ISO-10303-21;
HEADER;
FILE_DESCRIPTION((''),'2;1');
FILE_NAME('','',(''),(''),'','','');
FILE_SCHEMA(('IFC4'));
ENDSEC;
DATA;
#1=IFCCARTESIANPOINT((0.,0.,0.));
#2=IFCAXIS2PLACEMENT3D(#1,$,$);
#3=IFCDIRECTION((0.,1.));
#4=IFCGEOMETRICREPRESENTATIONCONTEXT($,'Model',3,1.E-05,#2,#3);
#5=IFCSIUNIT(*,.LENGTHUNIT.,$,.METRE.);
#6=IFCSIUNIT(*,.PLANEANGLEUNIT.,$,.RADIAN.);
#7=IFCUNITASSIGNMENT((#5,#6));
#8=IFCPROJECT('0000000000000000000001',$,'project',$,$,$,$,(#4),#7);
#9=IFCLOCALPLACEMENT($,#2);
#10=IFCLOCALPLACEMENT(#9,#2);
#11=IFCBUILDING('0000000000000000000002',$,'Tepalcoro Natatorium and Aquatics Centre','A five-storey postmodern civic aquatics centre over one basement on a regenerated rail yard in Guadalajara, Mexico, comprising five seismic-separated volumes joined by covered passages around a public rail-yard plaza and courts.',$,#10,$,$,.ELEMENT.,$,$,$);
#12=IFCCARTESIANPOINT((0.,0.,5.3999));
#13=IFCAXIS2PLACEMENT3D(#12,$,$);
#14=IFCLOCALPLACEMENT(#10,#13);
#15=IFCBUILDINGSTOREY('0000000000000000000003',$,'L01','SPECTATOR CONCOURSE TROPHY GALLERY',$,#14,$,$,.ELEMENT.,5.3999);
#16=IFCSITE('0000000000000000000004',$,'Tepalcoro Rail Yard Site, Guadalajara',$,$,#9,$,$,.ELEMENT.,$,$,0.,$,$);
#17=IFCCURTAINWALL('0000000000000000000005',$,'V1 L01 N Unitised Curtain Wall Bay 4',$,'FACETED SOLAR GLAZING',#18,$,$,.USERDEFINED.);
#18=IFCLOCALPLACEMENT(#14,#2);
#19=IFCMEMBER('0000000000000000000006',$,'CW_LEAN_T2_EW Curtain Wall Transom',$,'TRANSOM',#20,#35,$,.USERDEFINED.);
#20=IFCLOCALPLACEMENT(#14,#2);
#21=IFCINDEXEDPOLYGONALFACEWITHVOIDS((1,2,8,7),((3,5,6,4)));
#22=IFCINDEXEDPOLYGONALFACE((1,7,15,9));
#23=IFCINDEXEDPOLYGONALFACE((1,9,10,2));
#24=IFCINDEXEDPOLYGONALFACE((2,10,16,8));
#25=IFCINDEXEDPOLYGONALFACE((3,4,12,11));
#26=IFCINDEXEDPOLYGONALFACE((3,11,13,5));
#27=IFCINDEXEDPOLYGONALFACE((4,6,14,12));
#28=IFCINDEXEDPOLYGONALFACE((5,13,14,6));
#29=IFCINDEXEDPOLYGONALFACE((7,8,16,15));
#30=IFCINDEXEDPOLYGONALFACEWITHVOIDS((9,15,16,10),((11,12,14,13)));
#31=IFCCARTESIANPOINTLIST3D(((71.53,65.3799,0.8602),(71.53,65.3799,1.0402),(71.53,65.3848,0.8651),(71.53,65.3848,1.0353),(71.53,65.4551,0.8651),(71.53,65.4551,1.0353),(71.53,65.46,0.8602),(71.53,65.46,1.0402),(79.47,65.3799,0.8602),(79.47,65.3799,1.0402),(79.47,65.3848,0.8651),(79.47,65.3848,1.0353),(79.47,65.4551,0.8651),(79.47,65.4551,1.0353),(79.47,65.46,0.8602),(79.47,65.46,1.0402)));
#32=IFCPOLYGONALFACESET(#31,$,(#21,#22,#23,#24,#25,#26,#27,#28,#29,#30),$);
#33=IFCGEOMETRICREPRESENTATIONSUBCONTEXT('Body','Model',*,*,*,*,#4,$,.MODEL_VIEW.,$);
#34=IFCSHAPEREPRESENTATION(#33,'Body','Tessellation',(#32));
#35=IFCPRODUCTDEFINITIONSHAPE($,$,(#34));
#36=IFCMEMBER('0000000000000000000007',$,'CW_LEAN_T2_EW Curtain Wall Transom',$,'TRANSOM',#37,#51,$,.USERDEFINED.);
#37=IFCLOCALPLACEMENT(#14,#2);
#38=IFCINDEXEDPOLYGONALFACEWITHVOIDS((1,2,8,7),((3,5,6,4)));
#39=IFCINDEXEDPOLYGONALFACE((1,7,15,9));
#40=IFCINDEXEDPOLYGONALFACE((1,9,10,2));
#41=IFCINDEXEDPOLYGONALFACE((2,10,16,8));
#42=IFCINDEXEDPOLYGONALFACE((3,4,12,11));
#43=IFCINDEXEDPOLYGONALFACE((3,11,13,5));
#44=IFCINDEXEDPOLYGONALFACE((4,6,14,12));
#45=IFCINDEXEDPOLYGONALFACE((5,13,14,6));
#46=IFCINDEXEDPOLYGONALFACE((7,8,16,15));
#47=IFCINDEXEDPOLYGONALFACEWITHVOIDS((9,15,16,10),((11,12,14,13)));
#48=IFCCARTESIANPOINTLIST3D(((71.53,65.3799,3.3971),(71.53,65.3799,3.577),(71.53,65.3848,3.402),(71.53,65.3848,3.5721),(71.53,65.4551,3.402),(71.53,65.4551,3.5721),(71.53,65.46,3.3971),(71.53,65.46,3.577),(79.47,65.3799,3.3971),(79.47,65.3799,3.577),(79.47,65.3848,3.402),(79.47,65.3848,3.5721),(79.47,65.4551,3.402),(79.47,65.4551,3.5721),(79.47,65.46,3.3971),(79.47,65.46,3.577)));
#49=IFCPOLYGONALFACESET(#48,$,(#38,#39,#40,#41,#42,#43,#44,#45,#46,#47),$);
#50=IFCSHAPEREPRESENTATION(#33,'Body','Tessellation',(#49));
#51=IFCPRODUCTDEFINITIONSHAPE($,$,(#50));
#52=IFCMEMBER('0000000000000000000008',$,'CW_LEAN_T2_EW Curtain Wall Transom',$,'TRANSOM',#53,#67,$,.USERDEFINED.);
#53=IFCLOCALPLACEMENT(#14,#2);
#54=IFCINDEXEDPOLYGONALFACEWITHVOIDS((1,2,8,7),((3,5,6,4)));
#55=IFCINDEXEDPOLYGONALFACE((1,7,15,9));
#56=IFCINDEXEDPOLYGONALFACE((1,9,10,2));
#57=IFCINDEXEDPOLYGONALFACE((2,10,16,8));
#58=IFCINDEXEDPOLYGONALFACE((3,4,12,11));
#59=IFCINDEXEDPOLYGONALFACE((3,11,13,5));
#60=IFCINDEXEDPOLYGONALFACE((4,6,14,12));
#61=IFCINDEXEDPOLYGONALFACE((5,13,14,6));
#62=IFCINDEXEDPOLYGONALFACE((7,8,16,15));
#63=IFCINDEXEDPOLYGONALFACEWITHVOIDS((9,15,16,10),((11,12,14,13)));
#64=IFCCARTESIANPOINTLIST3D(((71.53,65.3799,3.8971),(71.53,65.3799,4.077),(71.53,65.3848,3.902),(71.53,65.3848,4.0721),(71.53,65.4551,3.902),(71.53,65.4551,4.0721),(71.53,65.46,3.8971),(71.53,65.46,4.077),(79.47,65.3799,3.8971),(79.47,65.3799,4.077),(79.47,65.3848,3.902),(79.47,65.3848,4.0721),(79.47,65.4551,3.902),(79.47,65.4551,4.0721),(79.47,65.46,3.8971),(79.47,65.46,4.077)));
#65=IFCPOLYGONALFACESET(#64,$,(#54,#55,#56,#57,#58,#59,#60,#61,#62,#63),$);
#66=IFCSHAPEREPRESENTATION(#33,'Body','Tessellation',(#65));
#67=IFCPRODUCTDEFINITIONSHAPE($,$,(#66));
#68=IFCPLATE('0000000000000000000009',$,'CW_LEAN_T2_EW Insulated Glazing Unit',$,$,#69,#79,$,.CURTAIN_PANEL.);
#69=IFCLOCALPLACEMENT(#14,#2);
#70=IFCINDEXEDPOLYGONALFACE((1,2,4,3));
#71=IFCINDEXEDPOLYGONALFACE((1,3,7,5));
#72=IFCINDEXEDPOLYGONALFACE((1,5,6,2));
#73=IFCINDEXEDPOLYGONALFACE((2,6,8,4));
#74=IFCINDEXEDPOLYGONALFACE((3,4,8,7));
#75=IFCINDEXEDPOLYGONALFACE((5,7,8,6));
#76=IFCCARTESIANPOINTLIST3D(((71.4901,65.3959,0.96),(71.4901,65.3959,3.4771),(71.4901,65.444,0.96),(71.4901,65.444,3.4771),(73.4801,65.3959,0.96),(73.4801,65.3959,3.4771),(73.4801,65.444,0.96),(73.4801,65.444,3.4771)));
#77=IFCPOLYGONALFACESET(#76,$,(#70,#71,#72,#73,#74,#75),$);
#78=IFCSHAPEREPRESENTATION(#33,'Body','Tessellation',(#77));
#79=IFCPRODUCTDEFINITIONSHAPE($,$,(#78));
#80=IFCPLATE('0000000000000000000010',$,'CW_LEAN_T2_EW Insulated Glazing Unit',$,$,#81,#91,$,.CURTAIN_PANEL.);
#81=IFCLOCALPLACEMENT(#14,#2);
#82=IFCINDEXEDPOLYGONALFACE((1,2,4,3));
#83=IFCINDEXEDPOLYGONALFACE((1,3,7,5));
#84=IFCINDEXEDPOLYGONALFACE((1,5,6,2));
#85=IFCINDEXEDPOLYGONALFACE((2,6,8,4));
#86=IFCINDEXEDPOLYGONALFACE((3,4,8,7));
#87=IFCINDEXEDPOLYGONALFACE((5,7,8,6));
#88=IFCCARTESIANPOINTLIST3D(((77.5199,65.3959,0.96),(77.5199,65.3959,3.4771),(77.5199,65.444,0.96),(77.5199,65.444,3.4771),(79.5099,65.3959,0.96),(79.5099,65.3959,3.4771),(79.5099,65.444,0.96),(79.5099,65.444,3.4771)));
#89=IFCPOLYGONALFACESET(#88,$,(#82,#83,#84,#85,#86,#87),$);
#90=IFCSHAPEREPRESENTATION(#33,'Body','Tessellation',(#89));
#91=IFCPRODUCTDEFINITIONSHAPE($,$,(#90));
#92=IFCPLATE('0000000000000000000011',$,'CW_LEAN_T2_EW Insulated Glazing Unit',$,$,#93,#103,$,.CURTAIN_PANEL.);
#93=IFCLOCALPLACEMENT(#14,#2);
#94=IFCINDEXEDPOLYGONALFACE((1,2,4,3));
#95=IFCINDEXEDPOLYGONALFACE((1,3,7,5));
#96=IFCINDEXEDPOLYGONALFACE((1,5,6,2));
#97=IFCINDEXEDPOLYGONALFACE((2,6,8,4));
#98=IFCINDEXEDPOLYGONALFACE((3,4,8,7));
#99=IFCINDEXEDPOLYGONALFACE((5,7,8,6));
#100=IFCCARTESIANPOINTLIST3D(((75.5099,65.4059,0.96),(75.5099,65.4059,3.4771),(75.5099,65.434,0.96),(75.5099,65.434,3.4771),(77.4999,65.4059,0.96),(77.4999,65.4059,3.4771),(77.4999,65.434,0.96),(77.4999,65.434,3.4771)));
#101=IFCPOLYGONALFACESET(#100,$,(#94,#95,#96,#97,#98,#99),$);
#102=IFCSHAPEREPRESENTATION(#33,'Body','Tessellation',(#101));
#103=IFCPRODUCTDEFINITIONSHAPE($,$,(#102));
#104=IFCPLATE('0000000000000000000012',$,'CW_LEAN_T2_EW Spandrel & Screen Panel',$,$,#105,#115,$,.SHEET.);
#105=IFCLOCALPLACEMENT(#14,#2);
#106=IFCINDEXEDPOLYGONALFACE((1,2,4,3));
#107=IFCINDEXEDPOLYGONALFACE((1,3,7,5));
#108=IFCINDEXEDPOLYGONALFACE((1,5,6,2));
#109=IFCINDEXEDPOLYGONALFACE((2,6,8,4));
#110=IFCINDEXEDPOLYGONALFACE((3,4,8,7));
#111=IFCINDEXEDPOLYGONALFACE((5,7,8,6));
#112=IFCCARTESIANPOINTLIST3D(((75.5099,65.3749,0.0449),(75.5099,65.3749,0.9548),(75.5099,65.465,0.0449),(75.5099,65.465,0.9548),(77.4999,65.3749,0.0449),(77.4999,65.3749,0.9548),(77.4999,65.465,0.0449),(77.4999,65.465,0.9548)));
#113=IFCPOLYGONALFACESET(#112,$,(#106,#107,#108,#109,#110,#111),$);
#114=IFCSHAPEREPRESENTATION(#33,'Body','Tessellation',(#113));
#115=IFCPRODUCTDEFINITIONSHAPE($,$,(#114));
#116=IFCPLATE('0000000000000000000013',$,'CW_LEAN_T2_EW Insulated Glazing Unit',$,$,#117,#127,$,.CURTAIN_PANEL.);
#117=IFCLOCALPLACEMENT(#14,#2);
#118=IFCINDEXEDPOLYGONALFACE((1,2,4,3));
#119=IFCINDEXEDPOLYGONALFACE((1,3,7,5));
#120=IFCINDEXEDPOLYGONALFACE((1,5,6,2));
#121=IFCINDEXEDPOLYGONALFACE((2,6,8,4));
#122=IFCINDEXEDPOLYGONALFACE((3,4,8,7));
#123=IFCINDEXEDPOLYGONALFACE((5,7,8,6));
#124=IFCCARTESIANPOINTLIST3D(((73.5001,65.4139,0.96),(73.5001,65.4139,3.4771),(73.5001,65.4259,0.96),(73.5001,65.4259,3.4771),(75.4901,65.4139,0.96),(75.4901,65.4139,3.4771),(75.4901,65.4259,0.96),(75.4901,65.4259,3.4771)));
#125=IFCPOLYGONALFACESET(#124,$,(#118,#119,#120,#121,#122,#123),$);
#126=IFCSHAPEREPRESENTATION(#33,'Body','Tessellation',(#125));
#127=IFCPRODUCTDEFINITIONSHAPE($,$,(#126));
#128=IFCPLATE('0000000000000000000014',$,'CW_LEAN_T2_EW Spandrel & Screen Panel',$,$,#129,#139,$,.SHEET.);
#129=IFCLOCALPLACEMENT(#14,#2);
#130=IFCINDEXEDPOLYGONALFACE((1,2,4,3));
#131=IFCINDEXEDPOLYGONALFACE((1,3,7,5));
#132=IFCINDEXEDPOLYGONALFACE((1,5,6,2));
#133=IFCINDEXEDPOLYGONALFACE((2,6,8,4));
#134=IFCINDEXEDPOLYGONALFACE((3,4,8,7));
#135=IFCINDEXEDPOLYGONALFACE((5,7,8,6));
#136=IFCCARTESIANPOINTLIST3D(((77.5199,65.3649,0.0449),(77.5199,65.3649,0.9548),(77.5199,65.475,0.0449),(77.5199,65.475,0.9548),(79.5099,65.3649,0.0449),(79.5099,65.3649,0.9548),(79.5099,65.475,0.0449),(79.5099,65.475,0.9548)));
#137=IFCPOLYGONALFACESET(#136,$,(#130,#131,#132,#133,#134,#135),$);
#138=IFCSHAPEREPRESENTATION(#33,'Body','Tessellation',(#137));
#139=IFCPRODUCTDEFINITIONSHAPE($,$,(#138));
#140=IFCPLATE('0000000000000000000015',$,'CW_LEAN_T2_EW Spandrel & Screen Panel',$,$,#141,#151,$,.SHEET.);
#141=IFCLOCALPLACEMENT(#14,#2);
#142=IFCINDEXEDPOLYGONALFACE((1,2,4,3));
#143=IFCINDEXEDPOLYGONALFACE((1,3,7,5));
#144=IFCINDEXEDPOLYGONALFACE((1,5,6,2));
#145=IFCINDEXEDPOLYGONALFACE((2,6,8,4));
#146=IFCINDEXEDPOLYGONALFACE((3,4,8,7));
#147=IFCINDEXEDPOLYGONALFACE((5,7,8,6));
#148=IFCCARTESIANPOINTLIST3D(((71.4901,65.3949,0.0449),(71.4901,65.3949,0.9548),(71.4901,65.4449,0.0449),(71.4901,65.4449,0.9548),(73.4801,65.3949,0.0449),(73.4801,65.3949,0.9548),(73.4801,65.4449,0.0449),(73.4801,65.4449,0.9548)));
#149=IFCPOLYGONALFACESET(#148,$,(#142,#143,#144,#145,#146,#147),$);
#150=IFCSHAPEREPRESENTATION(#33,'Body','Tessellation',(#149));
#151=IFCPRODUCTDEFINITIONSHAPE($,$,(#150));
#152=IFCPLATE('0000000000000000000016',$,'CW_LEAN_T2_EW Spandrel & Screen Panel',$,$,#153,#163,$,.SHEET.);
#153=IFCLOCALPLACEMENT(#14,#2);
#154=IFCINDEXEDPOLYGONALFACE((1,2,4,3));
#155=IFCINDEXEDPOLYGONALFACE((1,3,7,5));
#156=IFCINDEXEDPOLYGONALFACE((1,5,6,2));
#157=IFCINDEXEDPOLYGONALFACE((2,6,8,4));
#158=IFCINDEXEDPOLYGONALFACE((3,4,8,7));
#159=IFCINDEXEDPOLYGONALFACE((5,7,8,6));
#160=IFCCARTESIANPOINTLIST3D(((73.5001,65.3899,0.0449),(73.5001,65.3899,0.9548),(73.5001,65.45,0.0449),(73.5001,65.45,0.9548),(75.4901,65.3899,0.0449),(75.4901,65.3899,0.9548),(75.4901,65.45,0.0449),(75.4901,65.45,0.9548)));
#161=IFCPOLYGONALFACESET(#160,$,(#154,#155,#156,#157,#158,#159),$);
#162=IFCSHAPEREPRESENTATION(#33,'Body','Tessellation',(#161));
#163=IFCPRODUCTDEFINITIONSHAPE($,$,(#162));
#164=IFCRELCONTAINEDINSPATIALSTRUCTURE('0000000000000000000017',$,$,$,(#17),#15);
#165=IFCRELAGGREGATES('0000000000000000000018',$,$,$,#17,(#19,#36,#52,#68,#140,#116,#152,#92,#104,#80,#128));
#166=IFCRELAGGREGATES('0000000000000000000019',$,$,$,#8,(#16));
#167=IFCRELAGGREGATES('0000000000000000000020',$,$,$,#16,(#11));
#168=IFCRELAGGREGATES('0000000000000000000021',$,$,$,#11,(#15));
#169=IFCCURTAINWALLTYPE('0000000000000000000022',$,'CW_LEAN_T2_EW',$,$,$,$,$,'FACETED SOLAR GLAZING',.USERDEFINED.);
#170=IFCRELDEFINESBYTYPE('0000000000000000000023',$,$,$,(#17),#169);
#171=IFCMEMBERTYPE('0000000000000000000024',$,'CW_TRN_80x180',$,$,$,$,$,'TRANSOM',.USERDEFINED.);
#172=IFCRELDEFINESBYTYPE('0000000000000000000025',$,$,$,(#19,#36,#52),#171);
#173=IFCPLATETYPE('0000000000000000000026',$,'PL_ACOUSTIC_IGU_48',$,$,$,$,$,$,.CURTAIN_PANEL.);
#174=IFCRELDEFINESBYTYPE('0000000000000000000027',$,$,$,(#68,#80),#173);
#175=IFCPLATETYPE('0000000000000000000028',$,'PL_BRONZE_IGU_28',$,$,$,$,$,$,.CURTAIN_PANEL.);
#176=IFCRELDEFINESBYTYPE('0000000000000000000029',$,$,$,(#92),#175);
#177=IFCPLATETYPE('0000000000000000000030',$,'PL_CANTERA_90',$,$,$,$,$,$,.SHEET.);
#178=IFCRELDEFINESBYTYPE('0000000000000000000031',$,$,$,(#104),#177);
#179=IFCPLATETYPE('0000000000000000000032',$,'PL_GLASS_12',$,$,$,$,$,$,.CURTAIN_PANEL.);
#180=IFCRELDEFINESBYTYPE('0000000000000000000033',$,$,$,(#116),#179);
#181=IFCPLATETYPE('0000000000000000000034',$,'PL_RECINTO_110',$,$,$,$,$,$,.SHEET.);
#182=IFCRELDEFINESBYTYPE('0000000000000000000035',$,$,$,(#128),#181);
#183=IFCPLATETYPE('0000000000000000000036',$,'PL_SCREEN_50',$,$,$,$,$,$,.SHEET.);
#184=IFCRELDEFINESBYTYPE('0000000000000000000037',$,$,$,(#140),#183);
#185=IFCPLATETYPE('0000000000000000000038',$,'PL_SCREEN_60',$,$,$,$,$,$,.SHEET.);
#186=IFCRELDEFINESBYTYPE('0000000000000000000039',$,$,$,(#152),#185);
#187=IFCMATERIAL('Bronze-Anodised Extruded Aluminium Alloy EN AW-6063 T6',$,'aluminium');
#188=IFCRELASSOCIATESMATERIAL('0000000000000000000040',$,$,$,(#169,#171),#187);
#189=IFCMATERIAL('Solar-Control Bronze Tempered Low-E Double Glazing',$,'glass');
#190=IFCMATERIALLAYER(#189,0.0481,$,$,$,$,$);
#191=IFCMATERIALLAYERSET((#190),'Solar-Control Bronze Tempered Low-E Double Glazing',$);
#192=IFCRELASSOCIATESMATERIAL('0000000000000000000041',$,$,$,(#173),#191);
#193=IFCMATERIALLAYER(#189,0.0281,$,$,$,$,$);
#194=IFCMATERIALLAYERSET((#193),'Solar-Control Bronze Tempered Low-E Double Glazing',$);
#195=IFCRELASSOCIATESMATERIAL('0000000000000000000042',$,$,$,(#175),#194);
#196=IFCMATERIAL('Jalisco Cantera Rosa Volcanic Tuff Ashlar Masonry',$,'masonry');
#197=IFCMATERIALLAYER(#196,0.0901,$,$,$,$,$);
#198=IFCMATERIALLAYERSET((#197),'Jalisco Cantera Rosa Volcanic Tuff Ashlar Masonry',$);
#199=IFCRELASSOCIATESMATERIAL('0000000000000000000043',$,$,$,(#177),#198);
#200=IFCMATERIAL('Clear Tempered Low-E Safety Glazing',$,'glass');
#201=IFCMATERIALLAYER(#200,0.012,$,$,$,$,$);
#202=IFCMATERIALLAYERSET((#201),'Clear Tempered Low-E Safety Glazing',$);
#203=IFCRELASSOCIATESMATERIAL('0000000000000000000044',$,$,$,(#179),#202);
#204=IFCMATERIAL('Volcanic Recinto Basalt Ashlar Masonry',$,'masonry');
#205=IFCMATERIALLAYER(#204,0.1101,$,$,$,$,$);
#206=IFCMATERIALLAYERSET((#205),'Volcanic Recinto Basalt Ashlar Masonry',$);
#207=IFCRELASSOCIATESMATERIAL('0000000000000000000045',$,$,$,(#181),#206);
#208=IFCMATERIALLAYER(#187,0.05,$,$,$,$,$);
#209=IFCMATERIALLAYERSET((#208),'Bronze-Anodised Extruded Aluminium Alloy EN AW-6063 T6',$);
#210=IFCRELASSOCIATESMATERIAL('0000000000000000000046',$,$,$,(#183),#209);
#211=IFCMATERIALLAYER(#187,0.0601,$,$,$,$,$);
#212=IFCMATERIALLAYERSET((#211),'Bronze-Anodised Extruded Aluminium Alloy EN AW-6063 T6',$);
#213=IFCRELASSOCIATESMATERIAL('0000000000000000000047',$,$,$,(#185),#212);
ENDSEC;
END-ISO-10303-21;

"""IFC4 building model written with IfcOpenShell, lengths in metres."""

from ifc_helpers import new_model, si_unit, direction, frame, origin, origin_2d, place, context, subcontext, project, spatial, rectangle, hollow_rectangle, extrude, material, layer, layer_set, material_profile, profile_set, type_object, element, aggregate, save


model = new_model("IFC4")

# Units and contexts
model_context = context("Model", 3, precision=1e-05, world=origin(), true_north=direction((0.0, 1.0)))
body_context = subcontext(model_context, "Body", "Model", "MODEL_VIEW")
ifc_project = project(units=[si_unit("LENGTHUNIT", "METRE"), si_unit("PLANEANGLEUNIT", "RADIAN")], contexts=[model_context])

# Site, building, storey
site_placement = place(None, origin())
site = spatial("IfcSite", under=ifc_project, at=site_placement, Name="Tepalcoro Rail Yard Site, Guadalajara", CompositionType="ELEMENT", RefElevation=0.0)
building_placement = place(site_placement, origin())
building = spatial("IfcBuilding", under=site, at=building_placement, Name="Tepalcoro Natatorium and Aquatics Centre", Description="A five-storey postmodern civic aquatics centre over one basement on a regenerated rail yard in Guadalajara, Mexico, comprising five seismic-separated volumes joined by covered passages around a public rail-yard plaza and courts.", CompositionType="ELEMENT")
storey_placement = place(building_placement, frame((0.0, 0.0, 5.3999)))
storey = spatial("IfcBuildingStorey", under=building, at=storey_placement, Name="L01", Description="SPECTATOR CONCOURSE TROPHY GALLERY", CompositionType="ELEMENT", Elevation=5.3999)

# Shared definitions
ifc_material_1 = material(Name="Bronze-Anodised Extruded Aluminium Alloy EN AW-6063 T6", Category="aluminium")

# Curtain wall
curtain_wall_type_1 = type_object("IfcCurtainWallType", Name="CW_LEAN_T2_EW", ElementType="FACETED SOLAR GLAZING", PredefinedType="USERDEFINED", material=ifc_material_1)
curtain_wall_1_placement = place(storey_placement, origin())
curtain_wall_1 = element("IfcCurtainWall", 1, at=curtain_wall_1_placement, inside=storey, type_object=curtain_wall_type_1, Name="V1 L01 N Unitised Curtain Wall Bay 4", ObjectType="FACETED SOLAR GLAZING", PredefinedType="USERDEFINED")

# Members
ifc_material_profile_1 = material_profile(ifc_material_1, hollow_rectangle(XDim=0.0801, YDim=0.1799, WallThickness=0.0049, at=origin_2d()), Name="AL80X180X5")
ifc_profile_set_1 = profile_set([ifc_material_profile_1], Name="Bronze-Anodised Extruded Aluminium Alloy EN AW-6063 T6")
member_type_1 = type_object("IfcMemberType", Name="CW_TRN_80x180", ElementType="TRANSOM", PredefinedType="USERDEFINED", material=ifc_profile_set_1)
member_1_placement = place(storey_placement, frame((71.53, 65.4199, 0.9502), z_axis=(1.0, 0.0, 0.0), x_axis=(0.0, 1.0, 0.0)))
member_1 = element("IfcMember", 2, at=member_1_placement, type_object=member_type_1, Name="CW_LEAN_T2_EW Curtain Wall Transom", ObjectType="TRANSOM", PredefinedType="USERDEFINED", context=body_context, shape_type="SweptSolid", body=[
    extrude(hollow_rectangle(XDim=0.0801, YDim=0.1799, WallThickness=0.0049, at=origin_2d()), origin(), (0.0, 0.0, 1.0), 7.9399),
])
member_2_placement = place(storey_placement, frame((71.53, 65.4199, 3.4871), z_axis=(1.0, 0.0, 0.0), x_axis=(0.0, 1.0, 0.0)))
member_2 = element("IfcMember", 3, at=member_2_placement, type_object=member_type_1, Name="CW_LEAN_T2_EW Curtain Wall Transom", ObjectType="TRANSOM", PredefinedType="USERDEFINED", context=body_context, shape_type="SweptSolid", body=[
    extrude(hollow_rectangle(XDim=0.0801, YDim=0.1799, WallThickness=0.0049, at=origin_2d()), origin(), (0.0, 0.0, 1.0), 7.9399),
])
member_3_placement = place(storey_placement, frame((71.53, 65.4199, 3.9871), z_axis=(1.0, 0.0, 0.0), x_axis=(0.0, 1.0, 0.0)))
member_3 = element("IfcMember", 4, at=member_3_placement, type_object=member_type_1, Name="CW_LEAN_T2_EW Curtain Wall Transom", ObjectType="TRANSOM", PredefinedType="USERDEFINED", context=body_context, shape_type="SweptSolid", body=[
    extrude(hollow_rectangle(XDim=0.0801, YDim=0.1799, WallThickness=0.0049, at=origin_2d()), origin(), (0.0, 0.0, 1.0), 7.9399),
])

# Plates
ifc_material_2 = material(Name="Solar-Control Bronze Tempered Low-E Double Glazing", Category="glass")
ifc_layer_1 = layer(ifc_material_2, 0.0481)
ifc_layer_set_1 = layer_set([ifc_layer_1], Name="Solar-Control Bronze Tempered Low-E Double Glazing")
plate_type_1 = type_object("IfcPlateType", Name="PL_ACOUSTIC_IGU_48", PredefinedType="CURTAIN_PANEL", material=ifc_layer_set_1)
plate_1_placement = place(storey_placement, frame((72.4851, 65.4199, 0.96), z_axis=(0.0, 0.0, 1.0), x_axis=(1.0, 0.0, 0.0)))
plate_1 = element("IfcPlate", 5, at=plate_1_placement, type_object=plate_type_1, Name="CW_LEAN_T2_EW Insulated Glazing Unit", PredefinedType="CURTAIN_PANEL", context=body_context, shape_type="SweptSolid", body=[
    extrude(rectangle(XDim=1.99, YDim=0.0481, at=origin_2d()), origin(), (0.0, 0.0, 1.0), 2.5171),
])
plate_2_placement = place(storey_placement, frame((78.5149, 65.4199, 0.96), z_axis=(0.0, 0.0, 1.0), x_axis=(1.0, 0.0, 0.0)))
plate_2 = element("IfcPlate", 6, at=plate_2_placement, type_object=plate_type_1, Name="CW_LEAN_T2_EW Insulated Glazing Unit", PredefinedType="CURTAIN_PANEL", context=body_context, shape_type="SweptSolid", body=[
    extrude(rectangle(XDim=1.99, YDim=0.0481, at=origin_2d()), origin(), (0.0, 0.0, 1.0), 2.5171),
])
ifc_layer_2 = layer(ifc_material_2, 0.0281)
ifc_layer_set_2 = layer_set([ifc_layer_2], Name="Solar-Control Bronze Tempered Low-E Double Glazing")
plate_type_2 = type_object("IfcPlateType", Name="PL_BRONZE_IGU_28", PredefinedType="CURTAIN_PANEL", material=ifc_layer_set_2)
plate_3_placement = place(storey_placement, frame((76.5049, 65.4199, 0.96), z_axis=(0.0, 0.0, 1.0), x_axis=(1.0, 0.0, 0.0)))
plate_3 = element("IfcPlate", 7, at=plate_3_placement, type_object=plate_type_2, Name="CW_LEAN_T2_EW Insulated Glazing Unit", PredefinedType="CURTAIN_PANEL", context=body_context, shape_type="SweptSolid", body=[
    extrude(rectangle(XDim=1.99, YDim=0.0281, at=origin_2d()), origin(), (0.0, 0.0, 1.0), 2.5171),
])
ifc_material_3 = material(Name="Jalisco Cantera Rosa Volcanic Tuff Ashlar Masonry", Category="masonry")
ifc_layer_3 = layer(ifc_material_3, 0.0901)
ifc_layer_set_3 = layer_set([ifc_layer_3], Name="Jalisco Cantera Rosa Volcanic Tuff Ashlar Masonry")
plate_type_3 = type_object("IfcPlateType", Name="PL_CANTERA_90", PredefinedType="SHEET", material=ifc_layer_set_3)
plate_4_placement = place(storey_placement, frame((76.5049, 65.4199, 0.0449), z_axis=(0.0, 0.0, 1.0), x_axis=(1.0, 0.0, 0.0)))
plate_4 = element("IfcPlate", 8, at=plate_4_placement, type_object=plate_type_3, Name="CW_LEAN_T2_EW Spandrel & Screen Panel", PredefinedType="SHEET", context=body_context, shape_type="SweptSolid", body=[
    extrude(rectangle(XDim=1.99, YDim=0.0901, at=origin_2d()), origin(), (0.0, 0.0, 1.0), 0.9099),
])
ifc_material_4 = material(Name="Clear Tempered Low-E Safety Glazing", Category="glass")
ifc_layer_4 = layer(ifc_material_4, 0.012)
ifc_layer_set_4 = layer_set([ifc_layer_4], Name="Clear Tempered Low-E Safety Glazing")
plate_type_4 = type_object("IfcPlateType", Name="PL_GLASS_12", PredefinedType="CURTAIN_PANEL", material=ifc_layer_set_4)
plate_5_placement = place(storey_placement, frame((74.4951, 65.4199, 0.96), z_axis=(0.0, 0.0, 1.0), x_axis=(1.0, 0.0, 0.0)))
plate_5 = element("IfcPlate", 9, at=plate_5_placement, type_object=plate_type_4, Name="CW_LEAN_T2_EW Insulated Glazing Unit", PredefinedType="CURTAIN_PANEL", context=body_context, shape_type="SweptSolid", body=[
    extrude(rectangle(XDim=1.99, YDim=0.012, at=origin_2d()), origin(), (0.0, 0.0, 1.0), 2.5171),
])
ifc_material_5 = material(Name="Volcanic Recinto Basalt Ashlar Masonry", Category="masonry")
ifc_layer_5 = layer(ifc_material_5, 0.1101)
ifc_layer_set_5 = layer_set([ifc_layer_5], Name="Volcanic Recinto Basalt Ashlar Masonry")
plate_type_5 = type_object("IfcPlateType", Name="PL_RECINTO_110", PredefinedType="SHEET", material=ifc_layer_set_5)
plate_6_placement = place(storey_placement, frame((78.5149, 65.4199, 0.0449), z_axis=(0.0, 0.0, 1.0), x_axis=(1.0, 0.0, 0.0)))
plate_6 = element("IfcPlate", 10, at=plate_6_placement, type_object=plate_type_5, Name="CW_LEAN_T2_EW Spandrel & Screen Panel", PredefinedType="SHEET", context=body_context, shape_type="SweptSolid", body=[
    extrude(rectangle(XDim=1.99, YDim=0.1101, at=origin_2d()), origin(), (0.0, 0.0, 1.0), 0.9099),
])
ifc_layer_6 = layer(ifc_material_1, 0.05)
ifc_layer_set_6 = layer_set([ifc_layer_6], Name="Bronze-Anodised Extruded Aluminium Alloy EN AW-6063 T6")
plate_type_6 = type_object("IfcPlateType", Name="PL_SCREEN_50", PredefinedType="SHEET", material=ifc_layer_set_6)
plate_7_placement = place(storey_placement, frame((72.4851, 65.4199, 0.0449), z_axis=(0.0, 0.0, 1.0), x_axis=(1.0, 0.0, 0.0)))
plate_7 = element("IfcPlate", 11, at=plate_7_placement, type_object=plate_type_6, Name="CW_LEAN_T2_EW Spandrel & Screen Panel", PredefinedType="SHEET", context=body_context, shape_type="SweptSolid", body=[
    extrude(rectangle(XDim=1.99, YDim=0.05, at=origin_2d()), origin(), (0.0, 0.0, 1.0), 0.9099),
])
ifc_layer_7 = layer(ifc_material_1, 0.0601)
ifc_layer_set_7 = layer_set([ifc_layer_7], Name="Bronze-Anodised Extruded Aluminium Alloy EN AW-6063 T6")
plate_type_7 = type_object("IfcPlateType", Name="PL_SCREEN_60", PredefinedType="SHEET", material=ifc_layer_set_7)
plate_8_placement = place(storey_placement, frame((74.4951, 65.4199, 0.0449), z_axis=(0.0, 0.0, 1.0), x_axis=(1.0, 0.0, 0.0)))
plate_8 = element("IfcPlate", 12, at=plate_8_placement, type_object=plate_type_7, Name="CW_LEAN_T2_EW Spandrel & Screen Panel", PredefinedType="SHEET", context=body_context, shape_type="SweptSolid", body=[
    extrude(rectangle(XDim=1.99, YDim=0.0601, at=origin_2d()), origin(), (0.0, 0.0, 1.0), 0.9099),
])
aggregate(curtain_wall_1, [member_1, member_2, member_3, plate_1, plate_7, plate_5, plate_8, plate_3, plate_4, plate_2, plate_6])

save(model, "model.ifc")
